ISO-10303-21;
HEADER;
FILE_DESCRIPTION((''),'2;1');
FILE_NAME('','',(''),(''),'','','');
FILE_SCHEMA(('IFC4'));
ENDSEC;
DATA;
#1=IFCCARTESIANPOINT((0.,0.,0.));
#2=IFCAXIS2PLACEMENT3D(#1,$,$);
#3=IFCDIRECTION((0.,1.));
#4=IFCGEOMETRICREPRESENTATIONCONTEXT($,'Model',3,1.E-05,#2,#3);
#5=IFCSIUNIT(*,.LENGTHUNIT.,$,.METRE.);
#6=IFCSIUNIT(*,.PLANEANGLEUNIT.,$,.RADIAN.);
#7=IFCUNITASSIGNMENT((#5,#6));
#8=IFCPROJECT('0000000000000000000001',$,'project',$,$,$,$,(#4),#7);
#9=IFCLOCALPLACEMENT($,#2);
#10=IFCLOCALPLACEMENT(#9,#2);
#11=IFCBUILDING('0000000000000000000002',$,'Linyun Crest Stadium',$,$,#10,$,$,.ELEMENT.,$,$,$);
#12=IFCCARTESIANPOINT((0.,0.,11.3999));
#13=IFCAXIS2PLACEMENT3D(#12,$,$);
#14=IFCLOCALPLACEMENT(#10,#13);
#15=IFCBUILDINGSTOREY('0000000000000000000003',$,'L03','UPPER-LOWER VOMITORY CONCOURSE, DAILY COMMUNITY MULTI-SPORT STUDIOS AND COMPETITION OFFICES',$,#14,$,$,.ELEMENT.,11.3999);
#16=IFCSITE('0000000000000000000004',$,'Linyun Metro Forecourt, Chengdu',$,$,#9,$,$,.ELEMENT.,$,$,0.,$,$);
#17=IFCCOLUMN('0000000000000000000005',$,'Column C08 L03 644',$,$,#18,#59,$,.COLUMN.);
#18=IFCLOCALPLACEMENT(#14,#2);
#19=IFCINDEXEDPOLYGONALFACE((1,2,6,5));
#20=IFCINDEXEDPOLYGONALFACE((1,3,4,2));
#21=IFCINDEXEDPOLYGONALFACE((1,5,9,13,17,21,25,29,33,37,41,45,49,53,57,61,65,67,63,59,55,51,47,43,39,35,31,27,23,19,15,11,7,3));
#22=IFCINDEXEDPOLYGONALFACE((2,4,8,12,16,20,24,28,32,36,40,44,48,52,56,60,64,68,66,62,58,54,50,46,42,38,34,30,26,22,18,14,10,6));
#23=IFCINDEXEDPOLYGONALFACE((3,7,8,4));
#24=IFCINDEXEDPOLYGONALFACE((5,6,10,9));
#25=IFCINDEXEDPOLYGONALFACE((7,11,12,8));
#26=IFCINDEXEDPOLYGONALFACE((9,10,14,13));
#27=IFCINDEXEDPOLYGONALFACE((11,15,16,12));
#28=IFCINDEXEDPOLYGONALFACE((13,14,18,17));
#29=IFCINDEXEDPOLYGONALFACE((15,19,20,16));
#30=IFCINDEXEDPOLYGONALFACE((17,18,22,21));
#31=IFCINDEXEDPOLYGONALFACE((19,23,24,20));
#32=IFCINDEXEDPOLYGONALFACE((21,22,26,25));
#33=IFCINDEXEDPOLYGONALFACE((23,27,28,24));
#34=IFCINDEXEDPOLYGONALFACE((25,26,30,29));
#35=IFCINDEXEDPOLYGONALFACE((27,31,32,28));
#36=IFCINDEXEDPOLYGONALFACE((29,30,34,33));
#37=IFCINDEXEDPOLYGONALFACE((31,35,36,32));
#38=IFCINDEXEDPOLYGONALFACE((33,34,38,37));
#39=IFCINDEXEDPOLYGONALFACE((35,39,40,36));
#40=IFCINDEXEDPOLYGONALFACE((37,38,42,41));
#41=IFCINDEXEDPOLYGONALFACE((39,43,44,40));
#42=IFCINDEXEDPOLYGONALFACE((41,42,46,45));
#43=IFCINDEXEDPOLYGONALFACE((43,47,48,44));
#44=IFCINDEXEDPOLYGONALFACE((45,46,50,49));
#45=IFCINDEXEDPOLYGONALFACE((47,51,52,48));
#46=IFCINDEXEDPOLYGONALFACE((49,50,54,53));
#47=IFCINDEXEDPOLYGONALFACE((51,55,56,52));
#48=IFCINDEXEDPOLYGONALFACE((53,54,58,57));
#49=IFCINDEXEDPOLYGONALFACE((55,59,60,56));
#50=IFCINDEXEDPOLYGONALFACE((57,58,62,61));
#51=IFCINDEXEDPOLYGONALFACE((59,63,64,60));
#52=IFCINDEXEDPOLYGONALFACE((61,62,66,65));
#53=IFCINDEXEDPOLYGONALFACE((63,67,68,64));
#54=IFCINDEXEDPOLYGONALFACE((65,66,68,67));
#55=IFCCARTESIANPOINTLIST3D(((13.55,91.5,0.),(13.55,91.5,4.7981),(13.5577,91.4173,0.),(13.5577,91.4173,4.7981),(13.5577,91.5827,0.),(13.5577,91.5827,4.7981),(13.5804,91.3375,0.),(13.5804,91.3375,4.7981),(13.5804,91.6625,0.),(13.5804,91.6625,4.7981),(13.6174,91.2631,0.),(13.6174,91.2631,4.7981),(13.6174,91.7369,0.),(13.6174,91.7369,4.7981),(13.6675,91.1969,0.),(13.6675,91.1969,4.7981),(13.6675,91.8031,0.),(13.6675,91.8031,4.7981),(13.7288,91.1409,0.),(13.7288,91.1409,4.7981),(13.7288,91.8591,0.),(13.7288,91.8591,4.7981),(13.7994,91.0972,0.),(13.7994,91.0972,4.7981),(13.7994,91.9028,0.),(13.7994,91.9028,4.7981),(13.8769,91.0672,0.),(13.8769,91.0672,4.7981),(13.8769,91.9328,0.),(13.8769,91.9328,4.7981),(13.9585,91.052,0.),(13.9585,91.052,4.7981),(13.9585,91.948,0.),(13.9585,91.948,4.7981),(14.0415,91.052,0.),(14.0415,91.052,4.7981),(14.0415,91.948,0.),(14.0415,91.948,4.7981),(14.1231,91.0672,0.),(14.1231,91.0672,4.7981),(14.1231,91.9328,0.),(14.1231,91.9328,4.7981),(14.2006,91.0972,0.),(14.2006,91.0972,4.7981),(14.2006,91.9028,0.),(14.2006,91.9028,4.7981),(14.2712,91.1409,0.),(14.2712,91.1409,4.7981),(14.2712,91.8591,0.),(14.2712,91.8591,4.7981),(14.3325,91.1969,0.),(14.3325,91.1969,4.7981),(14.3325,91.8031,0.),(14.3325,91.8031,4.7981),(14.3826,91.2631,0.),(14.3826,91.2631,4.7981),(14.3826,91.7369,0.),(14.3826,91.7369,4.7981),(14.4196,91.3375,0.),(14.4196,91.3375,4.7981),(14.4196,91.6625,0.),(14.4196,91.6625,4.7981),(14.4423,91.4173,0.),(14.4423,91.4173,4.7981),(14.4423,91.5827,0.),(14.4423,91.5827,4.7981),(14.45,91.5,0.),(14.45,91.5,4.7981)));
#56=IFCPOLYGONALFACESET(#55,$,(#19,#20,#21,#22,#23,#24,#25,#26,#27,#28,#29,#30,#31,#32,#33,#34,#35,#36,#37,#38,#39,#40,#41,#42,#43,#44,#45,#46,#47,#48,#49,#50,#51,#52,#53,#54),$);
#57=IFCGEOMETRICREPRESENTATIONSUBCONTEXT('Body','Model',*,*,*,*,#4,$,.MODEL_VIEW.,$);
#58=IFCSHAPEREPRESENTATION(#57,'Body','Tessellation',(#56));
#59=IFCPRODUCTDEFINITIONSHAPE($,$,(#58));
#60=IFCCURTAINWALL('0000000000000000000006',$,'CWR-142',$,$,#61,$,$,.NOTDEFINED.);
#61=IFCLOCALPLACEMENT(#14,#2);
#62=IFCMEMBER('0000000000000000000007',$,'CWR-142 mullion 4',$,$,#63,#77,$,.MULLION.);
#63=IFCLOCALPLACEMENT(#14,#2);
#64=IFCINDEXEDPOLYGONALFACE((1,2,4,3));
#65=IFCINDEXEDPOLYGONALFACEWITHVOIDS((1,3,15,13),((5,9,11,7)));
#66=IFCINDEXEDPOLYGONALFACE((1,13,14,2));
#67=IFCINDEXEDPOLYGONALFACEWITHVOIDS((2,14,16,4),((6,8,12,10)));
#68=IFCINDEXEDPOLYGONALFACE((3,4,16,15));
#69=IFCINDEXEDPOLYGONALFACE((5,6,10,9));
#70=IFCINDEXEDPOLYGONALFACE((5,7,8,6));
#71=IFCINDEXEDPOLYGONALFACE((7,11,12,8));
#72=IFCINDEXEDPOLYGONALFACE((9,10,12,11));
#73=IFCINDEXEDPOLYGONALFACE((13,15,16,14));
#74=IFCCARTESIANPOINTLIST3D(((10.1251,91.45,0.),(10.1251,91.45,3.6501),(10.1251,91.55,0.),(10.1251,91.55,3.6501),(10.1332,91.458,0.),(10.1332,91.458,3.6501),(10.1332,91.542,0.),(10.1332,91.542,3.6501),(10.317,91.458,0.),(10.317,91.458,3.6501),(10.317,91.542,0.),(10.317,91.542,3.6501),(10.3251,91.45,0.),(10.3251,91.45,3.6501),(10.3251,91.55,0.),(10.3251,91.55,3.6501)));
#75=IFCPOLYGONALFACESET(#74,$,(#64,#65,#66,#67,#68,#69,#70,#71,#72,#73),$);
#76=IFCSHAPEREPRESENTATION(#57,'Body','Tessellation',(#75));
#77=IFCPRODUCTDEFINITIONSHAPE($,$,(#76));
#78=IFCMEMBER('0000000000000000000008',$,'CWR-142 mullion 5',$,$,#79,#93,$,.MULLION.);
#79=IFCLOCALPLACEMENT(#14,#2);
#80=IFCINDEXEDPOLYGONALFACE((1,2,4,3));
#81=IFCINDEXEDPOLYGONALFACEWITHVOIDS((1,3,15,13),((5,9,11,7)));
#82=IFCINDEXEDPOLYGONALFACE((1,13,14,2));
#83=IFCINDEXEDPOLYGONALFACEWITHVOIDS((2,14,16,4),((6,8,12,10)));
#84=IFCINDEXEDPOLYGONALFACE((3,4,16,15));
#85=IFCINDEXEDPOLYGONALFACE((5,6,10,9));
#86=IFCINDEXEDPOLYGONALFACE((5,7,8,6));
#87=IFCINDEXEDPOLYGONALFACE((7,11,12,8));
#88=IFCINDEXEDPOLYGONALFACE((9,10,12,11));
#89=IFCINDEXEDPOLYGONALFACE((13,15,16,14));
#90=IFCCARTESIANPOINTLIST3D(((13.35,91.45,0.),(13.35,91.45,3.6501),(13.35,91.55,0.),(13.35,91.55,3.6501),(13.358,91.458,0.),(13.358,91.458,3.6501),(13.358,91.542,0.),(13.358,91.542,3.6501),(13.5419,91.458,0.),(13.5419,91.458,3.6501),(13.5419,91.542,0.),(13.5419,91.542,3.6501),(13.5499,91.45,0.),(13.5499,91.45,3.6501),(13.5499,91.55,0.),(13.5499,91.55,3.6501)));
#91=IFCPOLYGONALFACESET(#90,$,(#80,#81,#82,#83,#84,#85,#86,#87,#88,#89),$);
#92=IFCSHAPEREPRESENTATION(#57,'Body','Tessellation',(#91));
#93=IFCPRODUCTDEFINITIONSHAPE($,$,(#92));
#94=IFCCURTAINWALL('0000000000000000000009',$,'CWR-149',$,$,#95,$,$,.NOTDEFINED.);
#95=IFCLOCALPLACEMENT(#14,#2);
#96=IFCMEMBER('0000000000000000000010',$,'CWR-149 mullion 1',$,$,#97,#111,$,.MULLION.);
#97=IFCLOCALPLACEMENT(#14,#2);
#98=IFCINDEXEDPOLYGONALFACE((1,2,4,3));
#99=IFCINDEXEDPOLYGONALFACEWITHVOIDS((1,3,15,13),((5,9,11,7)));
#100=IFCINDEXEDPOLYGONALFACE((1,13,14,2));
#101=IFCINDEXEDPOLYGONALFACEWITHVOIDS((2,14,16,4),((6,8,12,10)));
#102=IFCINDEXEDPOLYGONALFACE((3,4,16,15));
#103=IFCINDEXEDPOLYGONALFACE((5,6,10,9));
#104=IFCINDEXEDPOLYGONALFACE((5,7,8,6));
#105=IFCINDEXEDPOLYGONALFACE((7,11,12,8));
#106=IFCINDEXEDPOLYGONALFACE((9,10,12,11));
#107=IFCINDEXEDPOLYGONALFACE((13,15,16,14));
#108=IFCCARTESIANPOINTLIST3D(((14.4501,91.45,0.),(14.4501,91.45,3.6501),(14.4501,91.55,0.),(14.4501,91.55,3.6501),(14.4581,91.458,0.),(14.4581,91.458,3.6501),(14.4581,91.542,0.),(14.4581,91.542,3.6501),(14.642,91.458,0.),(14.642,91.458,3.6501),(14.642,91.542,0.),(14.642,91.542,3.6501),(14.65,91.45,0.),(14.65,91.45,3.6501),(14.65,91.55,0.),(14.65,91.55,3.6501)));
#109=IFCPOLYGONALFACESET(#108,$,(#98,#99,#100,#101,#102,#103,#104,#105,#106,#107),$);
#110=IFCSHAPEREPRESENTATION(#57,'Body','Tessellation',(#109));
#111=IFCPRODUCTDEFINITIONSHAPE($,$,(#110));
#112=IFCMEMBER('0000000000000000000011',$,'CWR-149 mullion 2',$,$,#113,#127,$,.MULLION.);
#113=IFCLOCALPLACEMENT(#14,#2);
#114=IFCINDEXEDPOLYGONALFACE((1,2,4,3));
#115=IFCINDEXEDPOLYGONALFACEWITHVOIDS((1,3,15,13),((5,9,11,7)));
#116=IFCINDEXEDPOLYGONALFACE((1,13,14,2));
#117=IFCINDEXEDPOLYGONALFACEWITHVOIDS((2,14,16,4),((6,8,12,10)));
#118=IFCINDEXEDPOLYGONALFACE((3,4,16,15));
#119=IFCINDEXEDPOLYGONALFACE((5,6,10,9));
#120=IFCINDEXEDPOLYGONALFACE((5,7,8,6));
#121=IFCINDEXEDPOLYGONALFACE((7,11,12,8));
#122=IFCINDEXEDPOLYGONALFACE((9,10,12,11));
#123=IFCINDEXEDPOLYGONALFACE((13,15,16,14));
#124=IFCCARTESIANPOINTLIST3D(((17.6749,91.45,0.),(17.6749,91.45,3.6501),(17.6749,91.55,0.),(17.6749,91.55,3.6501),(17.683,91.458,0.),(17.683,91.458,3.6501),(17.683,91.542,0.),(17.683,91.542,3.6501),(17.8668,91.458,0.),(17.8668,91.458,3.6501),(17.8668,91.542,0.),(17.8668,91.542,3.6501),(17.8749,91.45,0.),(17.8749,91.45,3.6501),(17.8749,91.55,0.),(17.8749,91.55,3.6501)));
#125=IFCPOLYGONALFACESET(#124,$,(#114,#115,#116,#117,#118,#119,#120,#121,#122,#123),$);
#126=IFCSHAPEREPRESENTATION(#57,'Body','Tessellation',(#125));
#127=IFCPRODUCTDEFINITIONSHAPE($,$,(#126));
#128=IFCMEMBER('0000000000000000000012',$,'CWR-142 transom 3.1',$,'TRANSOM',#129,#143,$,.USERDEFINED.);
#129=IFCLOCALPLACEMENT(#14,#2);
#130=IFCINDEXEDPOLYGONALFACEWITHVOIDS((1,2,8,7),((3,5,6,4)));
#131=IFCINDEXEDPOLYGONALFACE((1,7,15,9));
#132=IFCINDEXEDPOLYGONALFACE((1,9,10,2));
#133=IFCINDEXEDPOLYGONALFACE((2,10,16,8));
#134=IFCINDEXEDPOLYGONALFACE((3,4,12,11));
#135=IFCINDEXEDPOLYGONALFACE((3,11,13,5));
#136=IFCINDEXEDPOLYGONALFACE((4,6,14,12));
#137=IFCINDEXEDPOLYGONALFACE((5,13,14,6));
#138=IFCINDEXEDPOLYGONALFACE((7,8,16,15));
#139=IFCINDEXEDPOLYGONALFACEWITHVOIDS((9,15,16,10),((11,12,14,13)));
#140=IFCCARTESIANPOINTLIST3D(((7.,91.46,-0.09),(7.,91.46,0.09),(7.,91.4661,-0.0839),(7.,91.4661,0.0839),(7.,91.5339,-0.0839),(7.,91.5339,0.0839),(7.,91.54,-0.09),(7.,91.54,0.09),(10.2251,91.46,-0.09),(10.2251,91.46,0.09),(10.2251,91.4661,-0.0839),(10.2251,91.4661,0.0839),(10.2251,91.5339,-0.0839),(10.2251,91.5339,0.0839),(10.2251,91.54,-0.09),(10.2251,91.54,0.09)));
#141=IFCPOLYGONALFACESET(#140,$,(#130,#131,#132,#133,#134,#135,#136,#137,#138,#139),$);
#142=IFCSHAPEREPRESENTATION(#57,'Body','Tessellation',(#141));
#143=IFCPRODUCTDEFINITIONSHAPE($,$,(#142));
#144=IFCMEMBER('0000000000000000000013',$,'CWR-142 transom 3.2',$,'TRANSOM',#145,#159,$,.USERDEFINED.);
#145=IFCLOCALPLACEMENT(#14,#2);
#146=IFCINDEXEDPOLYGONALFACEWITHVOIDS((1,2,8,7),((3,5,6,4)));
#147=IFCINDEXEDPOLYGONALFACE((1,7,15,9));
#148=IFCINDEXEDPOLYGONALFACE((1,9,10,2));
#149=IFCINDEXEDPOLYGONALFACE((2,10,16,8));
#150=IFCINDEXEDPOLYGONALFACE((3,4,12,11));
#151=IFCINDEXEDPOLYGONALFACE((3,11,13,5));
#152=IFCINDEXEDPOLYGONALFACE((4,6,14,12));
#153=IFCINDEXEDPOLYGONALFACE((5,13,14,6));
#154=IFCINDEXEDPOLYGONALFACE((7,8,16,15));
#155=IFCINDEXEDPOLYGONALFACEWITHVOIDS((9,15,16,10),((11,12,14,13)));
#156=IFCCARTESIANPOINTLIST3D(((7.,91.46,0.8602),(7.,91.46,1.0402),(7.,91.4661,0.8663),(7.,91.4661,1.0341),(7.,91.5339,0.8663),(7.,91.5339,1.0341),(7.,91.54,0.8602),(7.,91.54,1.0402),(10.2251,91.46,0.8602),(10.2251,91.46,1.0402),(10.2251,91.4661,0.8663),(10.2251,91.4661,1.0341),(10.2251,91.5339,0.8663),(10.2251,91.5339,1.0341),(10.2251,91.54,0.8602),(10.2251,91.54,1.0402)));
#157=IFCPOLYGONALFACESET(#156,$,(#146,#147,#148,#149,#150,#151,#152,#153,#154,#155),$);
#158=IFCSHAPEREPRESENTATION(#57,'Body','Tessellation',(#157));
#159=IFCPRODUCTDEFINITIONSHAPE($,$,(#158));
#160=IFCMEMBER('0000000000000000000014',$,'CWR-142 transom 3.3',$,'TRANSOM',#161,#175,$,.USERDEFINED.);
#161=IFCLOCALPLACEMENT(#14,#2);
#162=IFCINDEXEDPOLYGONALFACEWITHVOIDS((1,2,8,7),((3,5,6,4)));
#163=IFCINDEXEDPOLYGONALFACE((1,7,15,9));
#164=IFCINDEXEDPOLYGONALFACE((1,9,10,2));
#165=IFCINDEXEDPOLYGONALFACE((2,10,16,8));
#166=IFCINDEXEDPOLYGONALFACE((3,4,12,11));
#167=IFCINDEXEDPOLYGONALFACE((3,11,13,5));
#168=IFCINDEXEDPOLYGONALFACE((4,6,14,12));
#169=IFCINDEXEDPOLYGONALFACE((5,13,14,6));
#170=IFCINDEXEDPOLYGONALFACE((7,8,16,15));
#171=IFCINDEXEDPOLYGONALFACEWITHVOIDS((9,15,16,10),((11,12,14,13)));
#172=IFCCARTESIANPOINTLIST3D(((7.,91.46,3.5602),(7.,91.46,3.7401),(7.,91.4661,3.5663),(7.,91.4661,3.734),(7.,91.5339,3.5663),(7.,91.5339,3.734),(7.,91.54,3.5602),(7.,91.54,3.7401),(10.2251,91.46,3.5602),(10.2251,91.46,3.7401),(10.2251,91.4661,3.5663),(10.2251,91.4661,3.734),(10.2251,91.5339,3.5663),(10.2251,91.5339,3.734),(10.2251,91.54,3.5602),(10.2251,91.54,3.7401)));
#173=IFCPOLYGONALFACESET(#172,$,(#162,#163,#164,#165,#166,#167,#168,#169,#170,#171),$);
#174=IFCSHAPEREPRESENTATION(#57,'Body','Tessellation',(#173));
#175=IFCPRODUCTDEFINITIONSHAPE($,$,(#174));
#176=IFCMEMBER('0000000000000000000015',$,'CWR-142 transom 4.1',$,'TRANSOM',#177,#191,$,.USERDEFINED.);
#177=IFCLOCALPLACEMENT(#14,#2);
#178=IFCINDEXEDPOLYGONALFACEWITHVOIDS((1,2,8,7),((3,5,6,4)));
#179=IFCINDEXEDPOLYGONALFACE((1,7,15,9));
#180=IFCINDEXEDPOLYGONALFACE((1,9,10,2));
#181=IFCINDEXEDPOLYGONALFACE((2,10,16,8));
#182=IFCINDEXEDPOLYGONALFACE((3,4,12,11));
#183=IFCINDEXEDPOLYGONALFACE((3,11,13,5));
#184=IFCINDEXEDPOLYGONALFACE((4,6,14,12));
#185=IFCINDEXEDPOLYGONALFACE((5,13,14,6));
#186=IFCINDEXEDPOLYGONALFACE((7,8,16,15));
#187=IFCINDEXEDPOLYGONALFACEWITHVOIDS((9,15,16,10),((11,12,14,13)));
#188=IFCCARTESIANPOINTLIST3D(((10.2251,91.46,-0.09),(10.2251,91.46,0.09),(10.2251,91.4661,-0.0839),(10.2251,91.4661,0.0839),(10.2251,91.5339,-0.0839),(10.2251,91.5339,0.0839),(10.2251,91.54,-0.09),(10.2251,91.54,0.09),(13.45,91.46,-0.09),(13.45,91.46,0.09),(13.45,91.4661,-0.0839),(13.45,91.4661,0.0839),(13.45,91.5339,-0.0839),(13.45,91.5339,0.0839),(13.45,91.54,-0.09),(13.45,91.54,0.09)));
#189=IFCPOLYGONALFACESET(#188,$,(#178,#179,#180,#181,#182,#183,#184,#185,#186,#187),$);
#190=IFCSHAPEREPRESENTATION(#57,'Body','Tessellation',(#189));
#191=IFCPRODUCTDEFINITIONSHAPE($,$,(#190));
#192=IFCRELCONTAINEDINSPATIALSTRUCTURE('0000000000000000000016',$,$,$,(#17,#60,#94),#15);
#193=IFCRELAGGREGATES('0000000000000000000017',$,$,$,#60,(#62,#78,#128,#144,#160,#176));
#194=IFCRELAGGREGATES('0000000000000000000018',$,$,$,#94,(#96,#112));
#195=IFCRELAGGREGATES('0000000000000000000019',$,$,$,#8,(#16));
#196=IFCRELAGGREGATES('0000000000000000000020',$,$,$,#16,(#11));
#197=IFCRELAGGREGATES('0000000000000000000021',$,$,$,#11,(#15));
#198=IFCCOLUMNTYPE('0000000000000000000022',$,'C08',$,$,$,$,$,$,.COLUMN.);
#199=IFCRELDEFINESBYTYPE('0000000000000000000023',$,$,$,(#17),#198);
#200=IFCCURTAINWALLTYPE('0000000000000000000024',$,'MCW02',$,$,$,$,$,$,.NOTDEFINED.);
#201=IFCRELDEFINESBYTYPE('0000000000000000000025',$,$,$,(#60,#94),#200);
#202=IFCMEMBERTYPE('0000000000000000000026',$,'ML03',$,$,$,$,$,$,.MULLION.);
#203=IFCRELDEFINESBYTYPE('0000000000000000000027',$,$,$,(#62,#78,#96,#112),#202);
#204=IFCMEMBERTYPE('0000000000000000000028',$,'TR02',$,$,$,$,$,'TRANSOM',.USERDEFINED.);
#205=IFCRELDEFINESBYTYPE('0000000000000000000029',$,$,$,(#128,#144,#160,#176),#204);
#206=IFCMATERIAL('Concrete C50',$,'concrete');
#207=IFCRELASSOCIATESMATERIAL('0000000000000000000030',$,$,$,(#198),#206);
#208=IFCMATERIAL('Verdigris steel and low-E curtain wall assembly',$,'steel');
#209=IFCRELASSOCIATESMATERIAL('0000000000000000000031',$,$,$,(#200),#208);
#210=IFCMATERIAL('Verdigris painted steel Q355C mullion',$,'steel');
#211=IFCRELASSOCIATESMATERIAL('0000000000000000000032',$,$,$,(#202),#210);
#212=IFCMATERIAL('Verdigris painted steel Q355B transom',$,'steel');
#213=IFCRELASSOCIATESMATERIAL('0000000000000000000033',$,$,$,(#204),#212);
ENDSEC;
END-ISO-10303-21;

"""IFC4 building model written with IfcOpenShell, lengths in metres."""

from ifc_helpers import new_model, si_unit, direction, frame, origin, origin_2d, place, context, subcontext, project, spatial, hollow_rectangle, circle, extrude, material, material_profile, profile_set, type_object, element, aggregate, save


model = new_model("IFC4")

# Units and contexts
model_context = context("Model", 3, precision=1e-05, world=origin(), true_north=direction((0.0, 1.0)))
body_context = subcontext(model_context, "Body", "Model", "MODEL_VIEW")
ifc_project = project(units=[si_unit("LENGTHUNIT", "METRE"), si_unit("PLANEANGLEUNIT", "RADIAN")], contexts=[model_context])

# Site, building, storey
site_placement = place(None, origin())
site = spatial("IfcSite", under=ifc_project, at=site_placement, Name="Linyun Metro Forecourt, Chengdu", CompositionType="ELEMENT", RefElevation=0.0)
building_placement = place(site_placement, origin())
building = spatial("IfcBuilding", under=site, at=building_placement, Name="Linyun Crest Stadium", CompositionType="ELEMENT")
storey_placement = place(building_placement, frame((0.0, 0.0, 11.3999)))
storey = spatial("IfcBuildingStorey", under=building, at=storey_placement, Name="L03", Description="UPPER-LOWER VOMITORY CONCOURSE, DAILY COMMUNITY MULTI-SPORT STUDIOS AND COMPETITION OFFICES", CompositionType="ELEMENT", Elevation=11.3999)

# Column
ifc_material_1 = material(Name="Concrete C50", Category="concrete")
ifc_material_profile_1 = material_profile(ifc_material_1, circle(Radius=0.45, at=origin_2d()), Name="RC D900")
ifc_profile_set_1 = profile_set([ifc_material_profile_1], Name="Concrete C50")
column_type = type_object("IfcColumnType", Name="C08", PredefinedType="COLUMN", material=ifc_profile_set_1)
column_placement = place(storey_placement, frame((14.0, 91.5, 0.0), z_axis=(0.0, 0.0, 1.0), x_axis=(1.0, 0.0, 0.0)))
element("IfcColumn", 1, at=column_placement, inside=storey, type_object=column_type, Name="Column C08 L03 644", PredefinedType="COLUMN", context=body_context, shape_type="SweptSolid", body=[
    extrude(circle(Radius=0.45, at=origin_2d()), origin(), (0.0, 0.0, 1.0), 4.7981),
])

# Curtain walls, members
ifc_material_2 = material(Name="Verdigris steel and low-E curtain wall assembly", Category="steel")
curtain_wall_type = type_object("IfcCurtainWallType", Name="MCW02", PredefinedType="NOTDEFINED", material=ifc_material_2)
curtain_wall_1_placement = place(storey_placement, origin())
curtain_wall_1 = element("IfcCurtainWall", 2, at=curtain_wall_1_placement, inside=storey, type_object=curtain_wall_type, Name="CWR-142", PredefinedType="NOTDEFINED")
ifc_material_3 = material(Name="Verdigris painted steel Q355C mullion", Category="steel")
ifc_material_profile_2 = material_profile(ifc_material_3, hollow_rectangle(XDim=0.1001, YDim=0.2, WallThickness=0.0081, at=origin_2d()), Name="RHS 200x100x8")
ifc_profile_set_2 = profile_set([ifc_material_profile_2], Name="Verdigris painted steel Q355C mullion")
member_type_1 = type_object("IfcMemberType", Name="ML03", PredefinedType="MULLION", material=ifc_profile_set_2)
member_1_placement = place(storey_placement, frame((10.2251, 91.5, 0.0), z_axis=(0.0, 0.0, 1.0), x_axis=(0.0, 1.0, 0.0)))
member_1 = element("IfcMember", 3, at=member_1_placement, type_object=member_type_1, Name="CWR-142 mullion 4", PredefinedType="MULLION", context=body_context, shape_type="SweptSolid", body=[
    extrude(hollow_rectangle(XDim=0.1001, YDim=0.2, WallThickness=0.0081, at=origin_2d()), origin(), (0.0, 0.0, 1.0), 3.6501),
])
member_2_placement = place(storey_placement, frame((13.45, 91.5, 0.0), z_axis=(0.0, 0.0, 1.0), x_axis=(0.0, 1.0, 0.0)))
member_2 = element("IfcMember", 4, at=member_2_placement, type_object=member_type_1, Name="CWR-142 mullion 5", PredefinedType="MULLION", context=body_context, shape_type="SweptSolid", body=[
    extrude(hollow_rectangle(XDim=0.1001, YDim=0.2, WallThickness=0.0081, at=origin_2d()), origin(), (0.0, 0.0, 1.0), 3.6501),
])
curtain_wall_2_placement = place(storey_placement, origin())
curtain_wall_2 = element("IfcCurtainWall", 5, at=curtain_wall_2_placement, inside=storey, type_object=curtain_wall_type, Name="CWR-149", PredefinedType="NOTDEFINED")
member_3_placement = place(storey_placement, frame((14.55, 91.5, 0.0), z_axis=(0.0, 0.0, 1.0), x_axis=(0.0, 1.0, 0.0)))
member_3 = element("IfcMember", 6, at=member_3_placement, type_object=member_type_1, Name="CWR-149 mullion 1", PredefinedType="MULLION", context=body_context, shape_type="SweptSolid", body=[
    extrude(hollow_rectangle(XDim=0.1001, YDim=0.2, WallThickness=0.0081, at=origin_2d()), origin(), (0.0, 0.0, 1.0), 3.6501),
])
member_4_placement = place(storey_placement, frame((17.7749, 91.5, 0.0), z_axis=(0.0, 0.0, 1.0), x_axis=(0.0, 1.0, 0.0)))
member_4 = element("IfcMember", 7, at=member_4_placement, type_object=member_type_1, Name="CWR-149 mullion 2", PredefinedType="MULLION", context=body_context, shape_type="SweptSolid", body=[
    extrude(hollow_rectangle(XDim=0.1001, YDim=0.2, WallThickness=0.0081, at=origin_2d()), origin(), (0.0, 0.0, 1.0), 3.6501),
])

# Members
ifc_material_4 = material(Name="Verdigris painted steel Q355B transom", Category="steel")
ifc_material_profile_3 = material_profile(ifc_material_4, hollow_rectangle(XDim=0.0801, YDim=0.1799, WallThickness=0.0061, at=origin_2d()), Name="RHS 180x80x6")
ifc_profile_set_3 = profile_set([ifc_material_profile_3], Name="Verdigris painted steel Q355B transom")
member_type_2 = type_object("IfcMemberType", Name="TR02", ElementType="TRANSOM", PredefinedType="USERDEFINED", material=ifc_profile_set_3)
member_5_placement = place(storey_placement, frame((7.0, 91.5, 0.0), z_axis=(1.0, 0.0, 0.0), x_axis=(0.0, 1.0, 0.0)))
member_5 = element("IfcMember", 8, at=member_5_placement, type_object=member_type_2, Name="CWR-142 transom 3.1", ObjectType="TRANSOM", PredefinedType="USERDEFINED", context=body_context, shape_type="SweptSolid", body=[
    extrude(hollow_rectangle(XDim=0.0801, YDim=0.1799, WallThickness=0.0061, at=origin_2d()), origin(), (0.0, 0.0, 1.0), 3.2251),
])
member_6_placement = place(storey_placement, frame((7.0, 91.5, 0.9502), z_axis=(1.0, 0.0, 0.0), x_axis=(0.0, 1.0, 0.0)))
member_6 = element("IfcMember", 9, at=member_6_placement, type_object=member_type_2, Name="CWR-142 transom 3.2", ObjectType="TRANSOM", PredefinedType="USERDEFINED", context=body_context, shape_type="SweptSolid", body=[
    extrude(hollow_rectangle(XDim=0.0801, YDim=0.1799, WallThickness=0.0061, at=origin_2d()), origin(), (0.0, 0.0, 1.0), 3.2251),
])
member_7_placement = place(storey_placement, frame((7.0, 91.5, 3.6501), z_axis=(1.0, 0.0, 0.0), x_axis=(0.0, 1.0, 0.0)))
member_7 = element("IfcMember", 10, at=member_7_placement, type_object=member_type_2, Name="CWR-142 transom 3.3", ObjectType="TRANSOM", PredefinedType="USERDEFINED", context=body_context, shape_type="SweptSolid", body=[
    extrude(hollow_rectangle(XDim=0.0801, YDim=0.1799, WallThickness=0.0061, at=origin_2d()), origin(), (0.0, 0.0, 1.0), 3.2251),
])
member_8_placement = place(storey_placement, frame((10.2251, 91.5, 0.0), z_axis=(1.0, 0.0, 0.0), x_axis=(0.0, 1.0, 0.0)))
member_8 = element("IfcMember", 11, at=member_8_placement, type_object=member_type_2, Name="CWR-142 transom 4.1", ObjectType="TRANSOM", PredefinedType="USERDEFINED", context=body_context, shape_type="SweptSolid", body=[
    extrude(hollow_rectangle(XDim=0.0801, YDim=0.1799, WallThickness=0.0061, at=origin_2d()), origin(), (0.0, 0.0, 1.0), 3.2249),
])

aggregate(curtain_wall_1, [member_1, member_2, member_5, member_6, member_7, member_8])
aggregate(curtain_wall_2, [member_3, member_4])

save(model, "model.ifc")
